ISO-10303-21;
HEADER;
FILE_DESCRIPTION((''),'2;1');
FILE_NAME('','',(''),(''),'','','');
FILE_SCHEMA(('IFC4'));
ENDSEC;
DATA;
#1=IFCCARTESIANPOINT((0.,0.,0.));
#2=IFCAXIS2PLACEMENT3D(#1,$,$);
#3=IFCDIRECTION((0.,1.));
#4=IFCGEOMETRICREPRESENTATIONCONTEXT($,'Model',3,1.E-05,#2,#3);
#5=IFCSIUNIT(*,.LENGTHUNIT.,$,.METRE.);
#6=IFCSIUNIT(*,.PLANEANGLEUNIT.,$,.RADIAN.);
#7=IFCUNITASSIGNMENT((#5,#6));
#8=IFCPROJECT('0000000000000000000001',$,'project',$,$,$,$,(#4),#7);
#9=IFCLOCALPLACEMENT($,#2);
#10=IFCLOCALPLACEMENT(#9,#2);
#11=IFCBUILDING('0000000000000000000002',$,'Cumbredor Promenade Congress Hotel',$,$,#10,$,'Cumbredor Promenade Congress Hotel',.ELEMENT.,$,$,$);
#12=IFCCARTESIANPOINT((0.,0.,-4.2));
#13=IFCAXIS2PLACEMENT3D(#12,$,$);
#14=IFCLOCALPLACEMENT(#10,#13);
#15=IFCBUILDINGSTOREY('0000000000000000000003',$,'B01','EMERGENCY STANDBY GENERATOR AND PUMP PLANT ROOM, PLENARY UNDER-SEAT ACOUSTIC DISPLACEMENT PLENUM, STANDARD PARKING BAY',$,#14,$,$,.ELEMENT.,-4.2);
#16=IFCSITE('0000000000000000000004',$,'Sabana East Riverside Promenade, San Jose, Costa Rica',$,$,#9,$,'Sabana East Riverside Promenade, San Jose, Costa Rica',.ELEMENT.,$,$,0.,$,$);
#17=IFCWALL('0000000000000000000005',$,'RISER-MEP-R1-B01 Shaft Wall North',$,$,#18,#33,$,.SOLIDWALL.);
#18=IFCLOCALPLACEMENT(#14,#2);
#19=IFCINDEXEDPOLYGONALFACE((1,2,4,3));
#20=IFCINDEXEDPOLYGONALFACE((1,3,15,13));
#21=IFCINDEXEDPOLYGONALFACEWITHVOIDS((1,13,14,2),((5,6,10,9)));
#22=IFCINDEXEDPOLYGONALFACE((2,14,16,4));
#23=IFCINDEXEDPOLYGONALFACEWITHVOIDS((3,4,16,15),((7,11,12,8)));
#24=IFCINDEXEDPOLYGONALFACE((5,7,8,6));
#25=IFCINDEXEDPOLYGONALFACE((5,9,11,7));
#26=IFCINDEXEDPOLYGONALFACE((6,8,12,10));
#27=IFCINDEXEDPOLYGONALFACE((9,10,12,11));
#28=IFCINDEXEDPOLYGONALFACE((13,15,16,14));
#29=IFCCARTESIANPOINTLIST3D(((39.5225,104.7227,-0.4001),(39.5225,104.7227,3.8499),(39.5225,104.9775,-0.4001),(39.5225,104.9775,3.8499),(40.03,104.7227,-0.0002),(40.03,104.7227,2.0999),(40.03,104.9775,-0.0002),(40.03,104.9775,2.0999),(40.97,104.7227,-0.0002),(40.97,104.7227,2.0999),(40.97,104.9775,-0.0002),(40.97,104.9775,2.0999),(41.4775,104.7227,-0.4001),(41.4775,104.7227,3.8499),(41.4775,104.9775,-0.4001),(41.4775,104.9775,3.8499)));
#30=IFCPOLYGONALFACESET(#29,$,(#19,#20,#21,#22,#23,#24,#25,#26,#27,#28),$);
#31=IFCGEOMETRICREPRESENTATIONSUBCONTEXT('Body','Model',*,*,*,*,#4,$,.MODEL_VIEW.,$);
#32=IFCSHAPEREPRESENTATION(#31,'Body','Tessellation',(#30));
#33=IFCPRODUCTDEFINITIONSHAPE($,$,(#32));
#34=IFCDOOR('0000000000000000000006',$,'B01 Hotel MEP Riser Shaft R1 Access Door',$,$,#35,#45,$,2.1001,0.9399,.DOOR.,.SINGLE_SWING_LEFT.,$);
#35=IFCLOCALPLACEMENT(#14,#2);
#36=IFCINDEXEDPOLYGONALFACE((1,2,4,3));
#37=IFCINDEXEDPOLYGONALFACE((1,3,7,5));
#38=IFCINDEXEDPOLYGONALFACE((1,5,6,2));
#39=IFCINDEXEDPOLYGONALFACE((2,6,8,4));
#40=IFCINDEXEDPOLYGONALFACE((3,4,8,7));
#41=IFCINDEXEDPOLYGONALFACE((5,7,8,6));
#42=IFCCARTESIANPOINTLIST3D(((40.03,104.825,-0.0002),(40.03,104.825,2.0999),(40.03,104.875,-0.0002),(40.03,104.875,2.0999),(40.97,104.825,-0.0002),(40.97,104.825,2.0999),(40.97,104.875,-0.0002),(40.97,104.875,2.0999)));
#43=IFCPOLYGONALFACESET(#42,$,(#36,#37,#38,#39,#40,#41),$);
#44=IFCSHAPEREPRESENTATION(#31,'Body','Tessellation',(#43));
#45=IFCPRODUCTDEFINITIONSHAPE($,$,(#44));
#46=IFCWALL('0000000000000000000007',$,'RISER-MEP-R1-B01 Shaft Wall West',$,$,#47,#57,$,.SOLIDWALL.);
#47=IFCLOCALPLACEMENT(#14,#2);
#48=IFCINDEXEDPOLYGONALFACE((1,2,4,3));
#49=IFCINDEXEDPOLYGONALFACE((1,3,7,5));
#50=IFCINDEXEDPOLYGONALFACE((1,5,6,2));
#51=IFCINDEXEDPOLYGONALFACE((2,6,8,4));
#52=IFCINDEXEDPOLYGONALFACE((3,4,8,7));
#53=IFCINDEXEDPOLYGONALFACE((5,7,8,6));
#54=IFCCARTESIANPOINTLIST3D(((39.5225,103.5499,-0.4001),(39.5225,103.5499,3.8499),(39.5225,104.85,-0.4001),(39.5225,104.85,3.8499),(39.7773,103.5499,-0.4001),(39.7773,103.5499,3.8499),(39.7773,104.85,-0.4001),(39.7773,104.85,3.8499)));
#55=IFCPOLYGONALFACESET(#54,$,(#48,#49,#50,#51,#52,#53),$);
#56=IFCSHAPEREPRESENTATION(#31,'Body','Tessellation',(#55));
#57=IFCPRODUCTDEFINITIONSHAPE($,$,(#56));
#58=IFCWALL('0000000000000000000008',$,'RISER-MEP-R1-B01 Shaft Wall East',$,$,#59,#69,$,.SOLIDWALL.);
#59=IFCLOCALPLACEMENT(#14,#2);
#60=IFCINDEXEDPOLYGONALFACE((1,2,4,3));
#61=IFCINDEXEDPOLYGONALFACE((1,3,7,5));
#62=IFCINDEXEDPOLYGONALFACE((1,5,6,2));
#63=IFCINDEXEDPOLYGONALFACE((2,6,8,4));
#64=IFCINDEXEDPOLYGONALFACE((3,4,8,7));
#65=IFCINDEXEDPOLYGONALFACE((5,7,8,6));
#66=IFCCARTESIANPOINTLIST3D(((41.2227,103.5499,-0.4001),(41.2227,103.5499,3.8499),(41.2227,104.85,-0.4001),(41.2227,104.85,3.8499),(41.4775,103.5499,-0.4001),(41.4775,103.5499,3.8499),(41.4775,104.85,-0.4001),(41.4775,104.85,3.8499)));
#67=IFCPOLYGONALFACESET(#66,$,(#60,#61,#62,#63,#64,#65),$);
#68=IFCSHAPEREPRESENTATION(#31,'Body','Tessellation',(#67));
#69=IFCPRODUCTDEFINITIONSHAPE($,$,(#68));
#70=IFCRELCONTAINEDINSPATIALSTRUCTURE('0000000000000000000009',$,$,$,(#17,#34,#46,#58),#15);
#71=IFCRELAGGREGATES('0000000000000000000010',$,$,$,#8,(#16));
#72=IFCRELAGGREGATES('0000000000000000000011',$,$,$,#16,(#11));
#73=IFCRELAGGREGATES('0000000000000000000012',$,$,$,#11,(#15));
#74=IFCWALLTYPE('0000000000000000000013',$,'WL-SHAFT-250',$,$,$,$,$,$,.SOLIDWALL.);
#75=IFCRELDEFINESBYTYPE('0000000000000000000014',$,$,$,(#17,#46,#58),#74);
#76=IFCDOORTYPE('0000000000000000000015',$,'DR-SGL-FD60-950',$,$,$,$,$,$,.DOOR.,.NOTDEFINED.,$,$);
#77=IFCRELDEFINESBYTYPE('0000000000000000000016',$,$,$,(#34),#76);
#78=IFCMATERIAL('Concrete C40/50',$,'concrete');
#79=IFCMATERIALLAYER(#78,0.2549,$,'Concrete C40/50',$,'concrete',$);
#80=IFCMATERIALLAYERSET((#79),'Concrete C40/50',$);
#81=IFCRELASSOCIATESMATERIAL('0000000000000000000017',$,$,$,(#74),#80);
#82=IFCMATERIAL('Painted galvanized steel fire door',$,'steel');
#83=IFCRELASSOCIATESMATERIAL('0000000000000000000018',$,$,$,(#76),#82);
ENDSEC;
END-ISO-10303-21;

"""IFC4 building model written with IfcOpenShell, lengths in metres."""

from ifc_helpers import new_model, si_unit, direction, frame, frame_2d, origin, place, context, subcontext, project, spatial, rectangle, extrude, material, layer, layer_set, type_object, element, fill, save


model = new_model("IFC4")

# Units and contexts
model_context = context("Model", 3, precision=1e-05, world=origin(), true_north=direction((0.0, 1.0)))
body_context = subcontext(model_context, "Body", "Model", "MODEL_VIEW")
ifc_project = project(units=[si_unit("LENGTHUNIT", "METRE"), si_unit("PLANEANGLEUNIT", "RADIAN")], contexts=[model_context])

# Site, building, storey
site_placement = place(None, origin())
site = spatial("IfcSite", under=ifc_project, at=site_placement, Name="Sabana East Riverside Promenade, San Jose, Costa Rica", LongName="Sabana East Riverside Promenade, San Jose, Costa Rica", CompositionType="ELEMENT", RefElevation=0.0)
building_placement = place(site_placement, origin())
building = spatial("IfcBuilding", under=site, at=building_placement, Name="Cumbredor Promenade Congress Hotel", LongName="Cumbredor Promenade Congress Hotel", CompositionType="ELEMENT")
storey_placement = place(building_placement, frame((0.0, 0.0, -4.2)))
storey = spatial("IfcBuildingStorey", under=building, at=storey_placement, Name="B01", Description="EMERGENCY STANDBY GENERATOR AND PUMP PLANT ROOM, PLENARY UNDER-SEAT ACOUSTIC DISPLACEMENT PLENUM, STANDARD PARKING BAY", CompositionType="ELEMENT", Elevation=-4.2)

# Shared definitions
ifc_material_1 = material(Name="Concrete C40/50", Category="concrete")
ifc_layer = layer(ifc_material_1, 0.2549, Name="Concrete C40/50", Category="concrete")
ifc_layer_set = layer_set([ifc_layer], Name="Concrete C40/50")
wall_type = type_object("IfcWallType", Name="WL-SHAFT-250", PredefinedType="SOLIDWALL", material=ifc_layer_set)

# Shared definitions
ifc_material_2 = material(Name="Painted galvanized steel fire door", Category="steel")

# Wall, opening, door
wall_1_placement = place(storey_placement, frame((39.5225, 104.8501, -0.4001), z_axis=(0.0, 0.0, 1.0), x_axis=(1.0, 0.0, 0.0)))
wall_1 = element("IfcWall", 1, at=wall_1_placement, inside=storey, type_object=wall_type, Name="RISER-MEP-R1-B01 Shaft Wall North", PredefinedType="SOLIDWALL", context=body_context, shape_type="SweptSolid", body=[
    extrude(rectangle(XDim=1.9551, YDim=0.2549, at=frame_2d((0.9775, 0.0))), origin(), (0.0, 0.0, 1.0), 4.25),
])
opening_1_placement = place(wall_1_placement, frame((0.5076, 0.0, 0.3999)))
opening_1 = element("IfcOpeningElement", 2, at=opening_1_placement, cuts=wall_1, PredefinedType="OPENING", context=body_context, shape_type="SweptSolid", body=[
    extrude(rectangle(XDim=0.9399, YDim=2.1001, at=frame_2d((0.47, 1.05))), frame((0.0, 0.1375, 0.0), z_axis=(0.0, -1.0, 0.0), x_axis=(1.0, 0.0, 0.0)), (0.0, 0.0, 1.0), 0.2749),
])
door_type_1 = type_object("IfcDoorType", Name="DR-SGL-FD60-950", OperationType="NOTDEFINED", PredefinedType="DOOR", material=ifc_material_2)
door_1_placement = place(opening_1_placement, origin())
door_1 = element("IfcDoor", 3, at=door_1_placement, inside=storey, type_object=door_type_1, Name="B01 Hotel MEP Riser Shaft R1 Access Door", OperationType="SINGLE_SWING_LEFT", OverallHeight=2.1001, OverallWidth=0.9399, PredefinedType="DOOR", context=body_context, shape_type="SweptSolid", body=[
    extrude(rectangle(XDim=0.9399, YDim=2.1001, at=frame_2d((0.47, 1.05))), frame((0.0, 0.0249, 0.0), z_axis=(0.0, -1.0, 0.0), x_axis=(1.0, 0.0, 0.0)), (0.0, 0.0, 1.0), 0.05),
])
fill(opening_1, door_1)

# Walls
for number, where, z_axis, x_axis, name in (
    (4, (39.6499, 103.55, -0.4001), (0.0, 0.0, 1.0), (0.0, 1.0, 0.0), "RISER-MEP-R1-B01 Shaft Wall West"),
    (5, (41.3501, 103.55, -0.4001), (0.0, 0.0, 1.0), (0.0, 1.0, 0.0), "RISER-MEP-R1-B01 Shaft Wall East"),
):
    element("IfcWall", number, at=place(storey_placement, frame(where, z_axis=z_axis, x_axis=x_axis)), inside=storey, type_object=wall_type, Name=name, PredefinedType="SOLIDWALL", context=body_context, shape_type="SweptSolid", body=[
        extrude(rectangle(XDim=1.3, YDim=0.2549, at=frame_2d((0.6499, 0.0))), origin(), (0.0, 0.0, 1.0), 4.25),
    ])

save(model, "model.ifc")
